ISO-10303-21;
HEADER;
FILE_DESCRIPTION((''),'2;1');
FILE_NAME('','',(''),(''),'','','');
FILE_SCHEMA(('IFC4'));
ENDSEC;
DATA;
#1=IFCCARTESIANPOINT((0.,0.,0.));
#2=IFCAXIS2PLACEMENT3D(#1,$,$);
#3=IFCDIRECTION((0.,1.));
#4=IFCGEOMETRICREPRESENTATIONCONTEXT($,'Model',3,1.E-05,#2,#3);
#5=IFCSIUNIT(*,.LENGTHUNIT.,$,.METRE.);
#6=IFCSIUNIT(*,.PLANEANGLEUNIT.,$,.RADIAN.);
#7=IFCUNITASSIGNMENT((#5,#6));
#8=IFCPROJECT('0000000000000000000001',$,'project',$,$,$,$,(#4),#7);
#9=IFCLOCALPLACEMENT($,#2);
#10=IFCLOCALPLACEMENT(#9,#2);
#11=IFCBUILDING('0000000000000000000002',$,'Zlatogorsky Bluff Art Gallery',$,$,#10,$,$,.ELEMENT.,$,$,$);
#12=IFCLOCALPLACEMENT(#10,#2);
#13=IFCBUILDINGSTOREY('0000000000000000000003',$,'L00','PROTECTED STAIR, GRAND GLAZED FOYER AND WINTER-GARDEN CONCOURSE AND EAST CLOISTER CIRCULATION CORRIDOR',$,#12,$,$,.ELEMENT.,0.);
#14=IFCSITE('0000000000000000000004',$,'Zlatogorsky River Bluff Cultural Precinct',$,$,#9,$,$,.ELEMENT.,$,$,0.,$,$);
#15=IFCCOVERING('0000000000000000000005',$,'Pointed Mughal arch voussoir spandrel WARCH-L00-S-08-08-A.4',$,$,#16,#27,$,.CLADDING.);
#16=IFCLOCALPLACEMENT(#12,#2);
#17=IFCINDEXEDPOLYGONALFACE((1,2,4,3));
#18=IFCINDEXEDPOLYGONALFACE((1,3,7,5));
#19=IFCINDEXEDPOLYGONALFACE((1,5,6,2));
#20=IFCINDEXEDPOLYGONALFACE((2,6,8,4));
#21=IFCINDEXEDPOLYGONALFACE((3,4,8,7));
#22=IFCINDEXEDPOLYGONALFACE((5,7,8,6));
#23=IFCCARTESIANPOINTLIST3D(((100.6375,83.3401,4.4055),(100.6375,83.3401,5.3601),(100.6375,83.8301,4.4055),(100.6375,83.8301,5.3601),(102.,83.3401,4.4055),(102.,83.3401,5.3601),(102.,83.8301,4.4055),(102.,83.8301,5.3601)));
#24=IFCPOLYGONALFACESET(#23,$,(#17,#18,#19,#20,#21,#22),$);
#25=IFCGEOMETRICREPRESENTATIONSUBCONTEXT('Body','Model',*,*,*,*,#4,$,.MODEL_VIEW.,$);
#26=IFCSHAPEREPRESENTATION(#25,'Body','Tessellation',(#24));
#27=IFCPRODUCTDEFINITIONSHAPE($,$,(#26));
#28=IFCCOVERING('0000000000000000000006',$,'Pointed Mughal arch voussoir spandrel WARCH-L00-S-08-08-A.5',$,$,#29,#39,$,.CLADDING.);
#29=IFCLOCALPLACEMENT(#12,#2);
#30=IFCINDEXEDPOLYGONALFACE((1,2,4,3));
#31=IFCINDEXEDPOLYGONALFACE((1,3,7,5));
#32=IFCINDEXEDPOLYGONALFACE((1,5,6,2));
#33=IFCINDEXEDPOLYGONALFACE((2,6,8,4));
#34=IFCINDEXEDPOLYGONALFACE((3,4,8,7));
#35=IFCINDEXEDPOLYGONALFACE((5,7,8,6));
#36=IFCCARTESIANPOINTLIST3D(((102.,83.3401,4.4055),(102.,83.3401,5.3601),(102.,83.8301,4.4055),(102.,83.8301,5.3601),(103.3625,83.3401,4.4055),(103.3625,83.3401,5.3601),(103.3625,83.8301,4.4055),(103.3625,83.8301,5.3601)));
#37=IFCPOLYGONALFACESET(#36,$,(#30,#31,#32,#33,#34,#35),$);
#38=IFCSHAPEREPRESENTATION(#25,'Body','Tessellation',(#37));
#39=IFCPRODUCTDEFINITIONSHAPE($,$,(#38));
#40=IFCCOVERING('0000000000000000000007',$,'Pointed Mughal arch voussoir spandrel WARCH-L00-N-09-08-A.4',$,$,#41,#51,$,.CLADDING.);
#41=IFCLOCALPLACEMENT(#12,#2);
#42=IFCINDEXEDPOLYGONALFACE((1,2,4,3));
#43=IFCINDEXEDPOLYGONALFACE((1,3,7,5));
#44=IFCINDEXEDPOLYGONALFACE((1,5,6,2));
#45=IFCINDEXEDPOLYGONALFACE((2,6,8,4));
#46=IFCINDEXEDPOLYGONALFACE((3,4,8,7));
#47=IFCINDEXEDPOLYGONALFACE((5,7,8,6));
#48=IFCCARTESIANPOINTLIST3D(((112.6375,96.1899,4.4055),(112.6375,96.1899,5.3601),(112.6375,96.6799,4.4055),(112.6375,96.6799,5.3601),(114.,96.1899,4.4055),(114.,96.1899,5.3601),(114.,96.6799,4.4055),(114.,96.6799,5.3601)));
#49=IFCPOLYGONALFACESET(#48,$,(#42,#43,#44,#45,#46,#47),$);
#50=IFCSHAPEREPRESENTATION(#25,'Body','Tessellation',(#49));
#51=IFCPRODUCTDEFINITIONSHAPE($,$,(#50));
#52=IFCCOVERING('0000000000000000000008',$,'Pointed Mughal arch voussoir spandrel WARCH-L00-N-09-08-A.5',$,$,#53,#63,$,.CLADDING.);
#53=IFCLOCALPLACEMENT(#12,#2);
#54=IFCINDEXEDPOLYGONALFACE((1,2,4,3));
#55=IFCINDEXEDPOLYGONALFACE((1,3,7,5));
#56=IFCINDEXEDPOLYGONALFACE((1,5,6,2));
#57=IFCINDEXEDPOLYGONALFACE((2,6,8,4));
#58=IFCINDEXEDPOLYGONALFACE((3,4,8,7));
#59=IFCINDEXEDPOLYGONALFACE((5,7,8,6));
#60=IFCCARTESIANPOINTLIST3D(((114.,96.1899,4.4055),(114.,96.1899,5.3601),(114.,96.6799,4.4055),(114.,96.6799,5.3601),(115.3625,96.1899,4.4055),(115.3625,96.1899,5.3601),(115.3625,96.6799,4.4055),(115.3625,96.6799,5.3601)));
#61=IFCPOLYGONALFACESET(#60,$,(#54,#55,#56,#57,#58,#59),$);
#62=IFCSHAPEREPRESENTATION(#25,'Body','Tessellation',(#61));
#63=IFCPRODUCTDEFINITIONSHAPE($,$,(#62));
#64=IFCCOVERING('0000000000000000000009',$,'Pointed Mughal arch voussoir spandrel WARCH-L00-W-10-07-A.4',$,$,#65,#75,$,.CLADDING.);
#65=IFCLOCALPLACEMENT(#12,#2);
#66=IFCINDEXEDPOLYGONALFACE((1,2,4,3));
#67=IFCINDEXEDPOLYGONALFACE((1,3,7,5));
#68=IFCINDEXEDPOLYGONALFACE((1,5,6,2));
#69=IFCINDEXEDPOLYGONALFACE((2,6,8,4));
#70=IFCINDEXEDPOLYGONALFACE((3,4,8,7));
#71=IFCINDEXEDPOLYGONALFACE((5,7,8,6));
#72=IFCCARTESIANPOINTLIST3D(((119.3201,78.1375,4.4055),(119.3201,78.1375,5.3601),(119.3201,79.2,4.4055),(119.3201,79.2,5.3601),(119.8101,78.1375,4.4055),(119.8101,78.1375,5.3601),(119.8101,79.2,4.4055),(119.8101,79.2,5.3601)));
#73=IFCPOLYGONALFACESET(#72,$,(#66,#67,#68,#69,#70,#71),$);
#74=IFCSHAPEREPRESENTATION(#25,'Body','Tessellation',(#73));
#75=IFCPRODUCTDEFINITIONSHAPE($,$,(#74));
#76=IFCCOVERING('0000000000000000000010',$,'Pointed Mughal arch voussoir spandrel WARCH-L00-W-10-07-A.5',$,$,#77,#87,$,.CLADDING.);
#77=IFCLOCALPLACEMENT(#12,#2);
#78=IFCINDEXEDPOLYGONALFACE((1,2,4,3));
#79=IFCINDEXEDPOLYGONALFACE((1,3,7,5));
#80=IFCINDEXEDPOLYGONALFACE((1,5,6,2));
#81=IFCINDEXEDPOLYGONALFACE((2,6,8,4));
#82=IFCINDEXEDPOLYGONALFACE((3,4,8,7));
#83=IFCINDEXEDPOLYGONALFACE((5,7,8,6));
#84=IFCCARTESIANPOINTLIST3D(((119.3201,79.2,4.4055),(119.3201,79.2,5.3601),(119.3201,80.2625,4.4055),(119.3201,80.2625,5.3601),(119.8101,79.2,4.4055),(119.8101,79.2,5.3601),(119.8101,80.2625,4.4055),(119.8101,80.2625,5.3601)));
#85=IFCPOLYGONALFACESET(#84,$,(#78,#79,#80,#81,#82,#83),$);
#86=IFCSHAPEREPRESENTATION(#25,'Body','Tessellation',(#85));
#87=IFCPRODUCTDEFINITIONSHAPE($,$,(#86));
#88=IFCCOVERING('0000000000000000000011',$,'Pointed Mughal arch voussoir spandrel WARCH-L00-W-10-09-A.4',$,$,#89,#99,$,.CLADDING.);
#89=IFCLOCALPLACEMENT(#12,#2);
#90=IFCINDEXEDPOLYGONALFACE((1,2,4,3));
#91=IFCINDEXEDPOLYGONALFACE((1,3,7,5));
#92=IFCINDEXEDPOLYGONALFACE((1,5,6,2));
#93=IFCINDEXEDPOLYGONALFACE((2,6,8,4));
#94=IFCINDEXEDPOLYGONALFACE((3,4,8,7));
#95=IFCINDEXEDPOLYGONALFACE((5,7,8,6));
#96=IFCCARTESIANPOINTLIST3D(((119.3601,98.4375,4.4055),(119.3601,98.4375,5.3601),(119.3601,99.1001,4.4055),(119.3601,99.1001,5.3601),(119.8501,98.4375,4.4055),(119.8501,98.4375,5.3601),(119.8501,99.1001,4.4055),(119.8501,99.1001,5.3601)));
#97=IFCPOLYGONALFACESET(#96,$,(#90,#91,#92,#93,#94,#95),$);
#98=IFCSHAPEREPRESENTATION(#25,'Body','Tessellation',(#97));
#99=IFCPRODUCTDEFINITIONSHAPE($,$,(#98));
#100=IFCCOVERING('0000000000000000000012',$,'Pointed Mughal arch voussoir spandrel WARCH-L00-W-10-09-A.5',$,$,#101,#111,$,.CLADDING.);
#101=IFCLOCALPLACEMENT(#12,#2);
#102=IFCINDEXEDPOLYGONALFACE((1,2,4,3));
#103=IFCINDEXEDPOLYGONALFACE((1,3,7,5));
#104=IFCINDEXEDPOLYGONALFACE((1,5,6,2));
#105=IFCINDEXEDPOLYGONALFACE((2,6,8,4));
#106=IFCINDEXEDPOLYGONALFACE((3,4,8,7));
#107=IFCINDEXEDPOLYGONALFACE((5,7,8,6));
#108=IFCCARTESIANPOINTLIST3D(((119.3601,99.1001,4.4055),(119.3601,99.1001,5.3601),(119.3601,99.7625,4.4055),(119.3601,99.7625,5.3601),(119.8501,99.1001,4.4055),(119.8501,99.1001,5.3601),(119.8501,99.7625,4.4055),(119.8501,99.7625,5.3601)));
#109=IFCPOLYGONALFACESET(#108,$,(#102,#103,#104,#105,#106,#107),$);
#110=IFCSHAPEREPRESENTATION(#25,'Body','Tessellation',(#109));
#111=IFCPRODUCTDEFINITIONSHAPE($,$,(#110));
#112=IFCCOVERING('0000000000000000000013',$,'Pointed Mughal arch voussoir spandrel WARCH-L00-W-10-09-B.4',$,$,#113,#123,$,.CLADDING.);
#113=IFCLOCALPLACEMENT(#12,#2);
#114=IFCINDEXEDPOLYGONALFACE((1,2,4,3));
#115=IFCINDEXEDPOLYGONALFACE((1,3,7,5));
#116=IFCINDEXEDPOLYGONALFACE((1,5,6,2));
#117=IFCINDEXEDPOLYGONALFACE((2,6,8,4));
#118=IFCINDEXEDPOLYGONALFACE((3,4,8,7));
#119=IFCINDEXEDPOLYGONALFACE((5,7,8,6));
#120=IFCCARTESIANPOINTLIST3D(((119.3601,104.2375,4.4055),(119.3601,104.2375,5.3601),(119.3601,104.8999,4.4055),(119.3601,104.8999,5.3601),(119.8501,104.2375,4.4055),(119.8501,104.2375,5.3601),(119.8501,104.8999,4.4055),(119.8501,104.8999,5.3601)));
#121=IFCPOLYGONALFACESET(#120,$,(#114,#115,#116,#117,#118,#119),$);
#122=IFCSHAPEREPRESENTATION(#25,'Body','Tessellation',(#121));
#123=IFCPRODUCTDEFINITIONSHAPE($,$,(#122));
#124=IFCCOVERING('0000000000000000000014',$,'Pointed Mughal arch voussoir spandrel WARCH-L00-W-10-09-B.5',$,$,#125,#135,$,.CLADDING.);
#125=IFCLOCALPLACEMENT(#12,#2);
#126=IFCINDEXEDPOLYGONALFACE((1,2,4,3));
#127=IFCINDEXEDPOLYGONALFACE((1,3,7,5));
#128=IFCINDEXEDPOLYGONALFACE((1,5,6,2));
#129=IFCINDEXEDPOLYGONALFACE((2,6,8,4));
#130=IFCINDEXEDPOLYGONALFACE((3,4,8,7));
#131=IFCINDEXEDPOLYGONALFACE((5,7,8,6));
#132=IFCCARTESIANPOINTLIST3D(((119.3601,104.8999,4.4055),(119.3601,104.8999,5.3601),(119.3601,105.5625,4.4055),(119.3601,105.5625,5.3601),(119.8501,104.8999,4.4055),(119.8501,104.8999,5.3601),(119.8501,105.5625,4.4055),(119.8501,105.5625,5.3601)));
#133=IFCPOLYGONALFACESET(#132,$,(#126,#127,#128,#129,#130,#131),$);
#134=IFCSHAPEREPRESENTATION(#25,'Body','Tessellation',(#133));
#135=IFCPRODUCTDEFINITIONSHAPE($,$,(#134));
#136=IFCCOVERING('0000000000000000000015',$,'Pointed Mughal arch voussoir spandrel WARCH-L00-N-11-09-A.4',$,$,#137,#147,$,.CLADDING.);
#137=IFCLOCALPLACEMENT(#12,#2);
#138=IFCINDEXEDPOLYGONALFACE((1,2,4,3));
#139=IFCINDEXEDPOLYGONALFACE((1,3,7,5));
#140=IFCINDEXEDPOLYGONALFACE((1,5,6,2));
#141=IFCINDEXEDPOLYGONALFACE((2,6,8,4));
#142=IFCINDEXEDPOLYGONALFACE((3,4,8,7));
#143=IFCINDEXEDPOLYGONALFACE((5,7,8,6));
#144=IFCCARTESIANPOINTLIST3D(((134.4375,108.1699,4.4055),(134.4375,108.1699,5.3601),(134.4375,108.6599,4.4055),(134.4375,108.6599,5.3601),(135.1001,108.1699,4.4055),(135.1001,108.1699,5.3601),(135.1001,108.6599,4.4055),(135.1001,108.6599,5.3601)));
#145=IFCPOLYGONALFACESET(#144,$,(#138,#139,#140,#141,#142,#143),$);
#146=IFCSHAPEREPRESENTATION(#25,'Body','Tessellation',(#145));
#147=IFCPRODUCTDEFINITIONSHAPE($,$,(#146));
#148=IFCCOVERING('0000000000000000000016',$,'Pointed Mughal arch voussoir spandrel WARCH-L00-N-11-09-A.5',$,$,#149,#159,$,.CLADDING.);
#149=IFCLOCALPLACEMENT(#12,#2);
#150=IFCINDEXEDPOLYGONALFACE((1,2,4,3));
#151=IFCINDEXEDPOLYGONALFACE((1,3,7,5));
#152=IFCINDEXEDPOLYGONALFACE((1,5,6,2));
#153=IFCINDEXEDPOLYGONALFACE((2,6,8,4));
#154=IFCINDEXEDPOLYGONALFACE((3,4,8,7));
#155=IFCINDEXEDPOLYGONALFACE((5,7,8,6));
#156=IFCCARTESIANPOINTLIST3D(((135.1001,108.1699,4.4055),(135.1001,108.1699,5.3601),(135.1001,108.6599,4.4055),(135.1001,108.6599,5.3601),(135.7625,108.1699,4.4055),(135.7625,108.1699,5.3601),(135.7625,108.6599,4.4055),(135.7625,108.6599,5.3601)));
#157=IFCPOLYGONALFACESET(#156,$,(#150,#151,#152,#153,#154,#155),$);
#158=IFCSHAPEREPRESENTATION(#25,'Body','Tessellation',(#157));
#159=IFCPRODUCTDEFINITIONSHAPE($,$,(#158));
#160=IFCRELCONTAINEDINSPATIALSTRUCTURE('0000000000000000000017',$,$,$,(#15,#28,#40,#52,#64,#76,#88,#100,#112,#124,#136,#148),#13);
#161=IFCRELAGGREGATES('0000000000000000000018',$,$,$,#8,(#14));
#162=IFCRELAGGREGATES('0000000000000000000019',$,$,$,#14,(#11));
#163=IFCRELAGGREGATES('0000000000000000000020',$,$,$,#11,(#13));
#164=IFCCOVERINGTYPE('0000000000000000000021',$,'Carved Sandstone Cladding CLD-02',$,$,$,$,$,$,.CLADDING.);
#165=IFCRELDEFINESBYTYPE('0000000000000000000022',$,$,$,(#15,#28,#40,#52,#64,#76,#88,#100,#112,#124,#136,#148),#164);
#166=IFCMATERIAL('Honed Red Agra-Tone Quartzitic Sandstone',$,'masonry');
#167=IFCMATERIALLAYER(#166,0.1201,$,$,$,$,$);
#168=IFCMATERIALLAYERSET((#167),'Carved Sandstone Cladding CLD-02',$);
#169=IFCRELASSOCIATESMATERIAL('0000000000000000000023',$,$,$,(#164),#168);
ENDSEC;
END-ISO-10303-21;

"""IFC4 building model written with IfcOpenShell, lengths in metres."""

from ifc_helpers import new_model, si_unit, direction, frame, origin, place, context, subcontext, project, spatial, polyline, outline, extrude, material, layer, layer_set, type_object, element, save


model = new_model("IFC4")

# Units and contexts
model_context = context("Model", 3, precision=1e-05, world=origin(), true_north=direction((0.0, 1.0)))
body_context = subcontext(model_context, "Body", "Model", "MODEL_VIEW")
ifc_project = project(units=[si_unit("LENGTHUNIT", "METRE"), si_unit("PLANEANGLEUNIT", "RADIAN")], contexts=[model_context])

# Site, building, storey
site_placement = place(None, origin())
site = spatial("IfcSite", under=ifc_project, at=site_placement, Name="Zlatogorsky River Bluff Cultural Precinct", CompositionType="ELEMENT", RefElevation=0.0)
building_placement = place(site_placement, origin())
building = spatial("IfcBuilding", under=site, at=building_placement, Name="Zlatogorsky Bluff Art Gallery", CompositionType="ELEMENT")
storey_placement = place(building_placement, origin())
storey = spatial("IfcBuildingStorey", under=building, at=storey_placement, Name="L00", Description="PROTECTED STAIR, GRAND GLAZED FOYER AND WINTER-GARDEN CONCOURSE AND EAST CLOISTER CIRCULATION CORRIDOR", CompositionType="ELEMENT", Elevation=0.0)

# Coverings
ifc_material = material(Name="Honed Red Agra-Tone Quartzitic Sandstone", Category="masonry")
ifc_layer = layer(ifc_material, 0.1201)
ifc_layer_set = layer_set([ifc_layer], Name="Carved Sandstone Cladding CLD-02")
covering_type = type_object("IfcCoveringType", Name="Carved Sandstone Cladding CLD-02", PredefinedType="CLADDING", material=ifc_layer_set)
covering_1_placement = place(storey_placement, frame((0.0, 0.0, 4.4055)))
element("IfcCovering", 1, at=covering_1_placement, inside=storey, type_object=covering_type, Name="Pointed Mughal arch voussoir spandrel WARCH-L00-S-08-08-A.4", PredefinedType="CLADDING", context=body_context, shape_type="SweptSolid", body=[
    extrude(outline(polyline([(100.6375, 83.3401), (102.0, 83.3401), (102.0, 83.8301), (100.6375, 83.8301), (100.6375, 83.3401)])), origin(), (0.0, 0.0, 1.0), 0.9546),
])
covering_2_placement = place(storey_placement, frame((0.0, 0.0, 4.4055)))
element("IfcCovering", 2, at=covering_2_placement, inside=storey, type_object=covering_type, Name="Pointed Mughal arch voussoir spandrel WARCH-L00-S-08-08-A.5", PredefinedType="CLADDING", context=body_context, shape_type="SweptSolid", body=[
    extrude(outline(polyline([(102.0, 83.3401), (103.3625, 83.3401), (103.3625, 83.8301), (102.0, 83.8301), (102.0, 83.3401)])), origin(), (0.0, 0.0, 1.0), 0.9546),
])
covering_3_placement = place(storey_placement, frame((0.0, 0.0, 4.4055)))
element("IfcCovering", 3, at=covering_3_placement, inside=storey, type_object=covering_type, Name="Pointed Mughal arch voussoir spandrel WARCH-L00-N-09-08-A.4", PredefinedType="CLADDING", context=body_context, shape_type="SweptSolid", body=[
    extrude(outline(polyline([(112.6375, 96.1899), (114.0, 96.1899), (114.0, 96.6799), (112.6375, 96.6799), (112.6375, 96.1899)])), origin(), (0.0, 0.0, 1.0), 0.9546),
])
covering_4_placement = place(storey_placement, frame((0.0, 0.0, 4.4055)))
element("IfcCovering", 4, at=covering_4_placement, inside=storey, type_object=covering_type, Name="Pointed Mughal arch voussoir spandrel WARCH-L00-N-09-08-A.5", PredefinedType="CLADDING", context=body_context, shape_type="SweptSolid", body=[
    extrude(outline(polyline([(114.0, 96.1899), (115.3625, 96.1899), (115.3625, 96.6799), (114.0, 96.6799), (114.0, 96.1899)])), origin(), (0.0, 0.0, 1.0), 0.9546),
])
covering_5_placement = place(storey_placement, frame((0.0, 0.0, 4.4055)))
element("IfcCovering", 5, at=covering_5_placement, inside=storey, type_object=covering_type, Name="Pointed Mughal arch voussoir spandrel WARCH-L00-W-10-07-A.4", PredefinedType="CLADDING", context=body_context, shape_type="SweptSolid", body=[
    extrude(outline(polyline([(119.3201, 78.1375), (119.3201, 79.2), (119.8101, 79.2), (119.8101, 78.1375), (119.3201, 78.1375)])), origin(), (0.0, 0.0, 1.0), 0.9546),
])
covering_6_placement = place(storey_placement, frame((0.0, 0.0, 4.4055)))
element("IfcCovering", 6, at=covering_6_placement, inside=storey, type_object=covering_type, Name="Pointed Mughal arch voussoir spandrel WARCH-L00-W-10-07-A.5", PredefinedType="CLADDING", context=body_context, shape_type="SweptSolid", body=[
    extrude(outline(polyline([(119.3201, 79.2), (119.3201, 80.2625), (119.8101, 80.2625), (119.8101, 79.2), (119.3201, 79.2)])), origin(), (0.0, 0.0, 1.0), 0.9546),
])
covering_7_placement = place(storey_placement, frame((0.0, 0.0, 4.4055)))
element("IfcCovering", 7, at=covering_7_placement, inside=storey, type_object=covering_type, Name="Pointed Mughal arch voussoir spandrel WARCH-L00-W-10-09-A.4", PredefinedType="CLADDING", context=body_context, shape_type="SweptSolid", body=[
    extrude(outline(polyline([(119.3601, 98.4375), (119.3601, 99.1001), (119.8501, 99.1001), (119.8501, 98.4375), (119.3601, 98.4375)])), origin(), (0.0, 0.0, 1.0), 0.9546),
])
covering_8_placement = place(storey_placement, frame((0.0, 0.0, 4.4055)))
element("IfcCovering", 8, at=covering_8_placement, inside=storey, type_object=covering_type, Name="Pointed Mughal arch voussoir spandrel WARCH-L00-W-10-09-A.5", PredefinedType="CLADDING", context=body_context, shape_type="SweptSolid", body=[
    extrude(outline(polyline([(119.3601, 99.1001), (119.3601, 99.7625), (119.8501, 99.7625), (119.8501, 99.1001), (119.3601, 99.1001)])), origin(), (0.0, 0.0, 1.0), 0.9546),
])
covering_9_placement = place(storey_placement, frame((0.0, 0.0, 4.4055)))
element("IfcCovering", 9, at=covering_9_placement, inside=storey, type_object=covering_type, Name="Pointed Mughal arch voussoir spandrel WARCH-L00-W-10-09-B.4", PredefinedType="CLADDING", context=body_context, shape_type="SweptSolid", body=[
    extrude(outline(polyline([(119.3601, 104.2375), (119.3601, 104.8999), (119.8501, 104.8999), (119.8501, 104.2375), (119.3601, 104.2375)])), origin(), (0.0, 0.0, 1.0), 0.9546),
])
covering_10_placement = place(storey_placement, frame((0.0, 0.0, 4.4055)))
element("IfcCovering", 10, at=covering_10_placement, inside=storey, type_object=covering_type, Name="Pointed Mughal arch voussoir spandrel WARCH-L00-W-10-09-B.5", PredefinedType="CLADDING", context=body_context, shape_type="SweptSolid", body=[
    extrude(outline(polyline([(119.3601, 104.8999), (119.3601, 105.5625), (119.8501, 105.5625), (119.8501, 104.8999), (119.3601, 104.8999)])), origin(), (0.0, 0.0, 1.0), 0.9546),
])
covering_11_placement = place(storey_placement, frame((0.0, 0.0, 4.4055)))
element("IfcCovering", 11, at=covering_11_placement, inside=storey, type_object=covering_type, Name="Pointed Mughal arch voussoir spandrel WARCH-L00-N-11-09-A.4", PredefinedType="CLADDING", context=body_context, shape_type="SweptSolid", body=[
    extrude(outline(polyline([(134.4375, 108.1699), (135.1001, 108.1699), (135.1001, 108.6599), (134.4375, 108.6599), (134.4375, 108.1699)])), origin(), (0.0, 0.0, 1.0), 0.9546),
])
covering_12_placement = place(storey_placement, frame((0.0, 0.0, 4.4055)))
element("IfcCovering", 12, at=covering_12_placement, inside=storey, type_object=covering_type, Name="Pointed Mughal arch voussoir spandrel WARCH-L00-N-11-09-A.5", PredefinedType="CLADDING", context=body_context, shape_type="SweptSolid", body=[
    extrude(outline(polyline([(135.1001, 108.1699), (135.7625, 108.1699), (135.7625, 108.6599), (135.1001, 108.6599), (135.1001, 108.1699)])), origin(), (0.0, 0.0, 1.0), 0.9546),
])

save(model, "model.ifc")
